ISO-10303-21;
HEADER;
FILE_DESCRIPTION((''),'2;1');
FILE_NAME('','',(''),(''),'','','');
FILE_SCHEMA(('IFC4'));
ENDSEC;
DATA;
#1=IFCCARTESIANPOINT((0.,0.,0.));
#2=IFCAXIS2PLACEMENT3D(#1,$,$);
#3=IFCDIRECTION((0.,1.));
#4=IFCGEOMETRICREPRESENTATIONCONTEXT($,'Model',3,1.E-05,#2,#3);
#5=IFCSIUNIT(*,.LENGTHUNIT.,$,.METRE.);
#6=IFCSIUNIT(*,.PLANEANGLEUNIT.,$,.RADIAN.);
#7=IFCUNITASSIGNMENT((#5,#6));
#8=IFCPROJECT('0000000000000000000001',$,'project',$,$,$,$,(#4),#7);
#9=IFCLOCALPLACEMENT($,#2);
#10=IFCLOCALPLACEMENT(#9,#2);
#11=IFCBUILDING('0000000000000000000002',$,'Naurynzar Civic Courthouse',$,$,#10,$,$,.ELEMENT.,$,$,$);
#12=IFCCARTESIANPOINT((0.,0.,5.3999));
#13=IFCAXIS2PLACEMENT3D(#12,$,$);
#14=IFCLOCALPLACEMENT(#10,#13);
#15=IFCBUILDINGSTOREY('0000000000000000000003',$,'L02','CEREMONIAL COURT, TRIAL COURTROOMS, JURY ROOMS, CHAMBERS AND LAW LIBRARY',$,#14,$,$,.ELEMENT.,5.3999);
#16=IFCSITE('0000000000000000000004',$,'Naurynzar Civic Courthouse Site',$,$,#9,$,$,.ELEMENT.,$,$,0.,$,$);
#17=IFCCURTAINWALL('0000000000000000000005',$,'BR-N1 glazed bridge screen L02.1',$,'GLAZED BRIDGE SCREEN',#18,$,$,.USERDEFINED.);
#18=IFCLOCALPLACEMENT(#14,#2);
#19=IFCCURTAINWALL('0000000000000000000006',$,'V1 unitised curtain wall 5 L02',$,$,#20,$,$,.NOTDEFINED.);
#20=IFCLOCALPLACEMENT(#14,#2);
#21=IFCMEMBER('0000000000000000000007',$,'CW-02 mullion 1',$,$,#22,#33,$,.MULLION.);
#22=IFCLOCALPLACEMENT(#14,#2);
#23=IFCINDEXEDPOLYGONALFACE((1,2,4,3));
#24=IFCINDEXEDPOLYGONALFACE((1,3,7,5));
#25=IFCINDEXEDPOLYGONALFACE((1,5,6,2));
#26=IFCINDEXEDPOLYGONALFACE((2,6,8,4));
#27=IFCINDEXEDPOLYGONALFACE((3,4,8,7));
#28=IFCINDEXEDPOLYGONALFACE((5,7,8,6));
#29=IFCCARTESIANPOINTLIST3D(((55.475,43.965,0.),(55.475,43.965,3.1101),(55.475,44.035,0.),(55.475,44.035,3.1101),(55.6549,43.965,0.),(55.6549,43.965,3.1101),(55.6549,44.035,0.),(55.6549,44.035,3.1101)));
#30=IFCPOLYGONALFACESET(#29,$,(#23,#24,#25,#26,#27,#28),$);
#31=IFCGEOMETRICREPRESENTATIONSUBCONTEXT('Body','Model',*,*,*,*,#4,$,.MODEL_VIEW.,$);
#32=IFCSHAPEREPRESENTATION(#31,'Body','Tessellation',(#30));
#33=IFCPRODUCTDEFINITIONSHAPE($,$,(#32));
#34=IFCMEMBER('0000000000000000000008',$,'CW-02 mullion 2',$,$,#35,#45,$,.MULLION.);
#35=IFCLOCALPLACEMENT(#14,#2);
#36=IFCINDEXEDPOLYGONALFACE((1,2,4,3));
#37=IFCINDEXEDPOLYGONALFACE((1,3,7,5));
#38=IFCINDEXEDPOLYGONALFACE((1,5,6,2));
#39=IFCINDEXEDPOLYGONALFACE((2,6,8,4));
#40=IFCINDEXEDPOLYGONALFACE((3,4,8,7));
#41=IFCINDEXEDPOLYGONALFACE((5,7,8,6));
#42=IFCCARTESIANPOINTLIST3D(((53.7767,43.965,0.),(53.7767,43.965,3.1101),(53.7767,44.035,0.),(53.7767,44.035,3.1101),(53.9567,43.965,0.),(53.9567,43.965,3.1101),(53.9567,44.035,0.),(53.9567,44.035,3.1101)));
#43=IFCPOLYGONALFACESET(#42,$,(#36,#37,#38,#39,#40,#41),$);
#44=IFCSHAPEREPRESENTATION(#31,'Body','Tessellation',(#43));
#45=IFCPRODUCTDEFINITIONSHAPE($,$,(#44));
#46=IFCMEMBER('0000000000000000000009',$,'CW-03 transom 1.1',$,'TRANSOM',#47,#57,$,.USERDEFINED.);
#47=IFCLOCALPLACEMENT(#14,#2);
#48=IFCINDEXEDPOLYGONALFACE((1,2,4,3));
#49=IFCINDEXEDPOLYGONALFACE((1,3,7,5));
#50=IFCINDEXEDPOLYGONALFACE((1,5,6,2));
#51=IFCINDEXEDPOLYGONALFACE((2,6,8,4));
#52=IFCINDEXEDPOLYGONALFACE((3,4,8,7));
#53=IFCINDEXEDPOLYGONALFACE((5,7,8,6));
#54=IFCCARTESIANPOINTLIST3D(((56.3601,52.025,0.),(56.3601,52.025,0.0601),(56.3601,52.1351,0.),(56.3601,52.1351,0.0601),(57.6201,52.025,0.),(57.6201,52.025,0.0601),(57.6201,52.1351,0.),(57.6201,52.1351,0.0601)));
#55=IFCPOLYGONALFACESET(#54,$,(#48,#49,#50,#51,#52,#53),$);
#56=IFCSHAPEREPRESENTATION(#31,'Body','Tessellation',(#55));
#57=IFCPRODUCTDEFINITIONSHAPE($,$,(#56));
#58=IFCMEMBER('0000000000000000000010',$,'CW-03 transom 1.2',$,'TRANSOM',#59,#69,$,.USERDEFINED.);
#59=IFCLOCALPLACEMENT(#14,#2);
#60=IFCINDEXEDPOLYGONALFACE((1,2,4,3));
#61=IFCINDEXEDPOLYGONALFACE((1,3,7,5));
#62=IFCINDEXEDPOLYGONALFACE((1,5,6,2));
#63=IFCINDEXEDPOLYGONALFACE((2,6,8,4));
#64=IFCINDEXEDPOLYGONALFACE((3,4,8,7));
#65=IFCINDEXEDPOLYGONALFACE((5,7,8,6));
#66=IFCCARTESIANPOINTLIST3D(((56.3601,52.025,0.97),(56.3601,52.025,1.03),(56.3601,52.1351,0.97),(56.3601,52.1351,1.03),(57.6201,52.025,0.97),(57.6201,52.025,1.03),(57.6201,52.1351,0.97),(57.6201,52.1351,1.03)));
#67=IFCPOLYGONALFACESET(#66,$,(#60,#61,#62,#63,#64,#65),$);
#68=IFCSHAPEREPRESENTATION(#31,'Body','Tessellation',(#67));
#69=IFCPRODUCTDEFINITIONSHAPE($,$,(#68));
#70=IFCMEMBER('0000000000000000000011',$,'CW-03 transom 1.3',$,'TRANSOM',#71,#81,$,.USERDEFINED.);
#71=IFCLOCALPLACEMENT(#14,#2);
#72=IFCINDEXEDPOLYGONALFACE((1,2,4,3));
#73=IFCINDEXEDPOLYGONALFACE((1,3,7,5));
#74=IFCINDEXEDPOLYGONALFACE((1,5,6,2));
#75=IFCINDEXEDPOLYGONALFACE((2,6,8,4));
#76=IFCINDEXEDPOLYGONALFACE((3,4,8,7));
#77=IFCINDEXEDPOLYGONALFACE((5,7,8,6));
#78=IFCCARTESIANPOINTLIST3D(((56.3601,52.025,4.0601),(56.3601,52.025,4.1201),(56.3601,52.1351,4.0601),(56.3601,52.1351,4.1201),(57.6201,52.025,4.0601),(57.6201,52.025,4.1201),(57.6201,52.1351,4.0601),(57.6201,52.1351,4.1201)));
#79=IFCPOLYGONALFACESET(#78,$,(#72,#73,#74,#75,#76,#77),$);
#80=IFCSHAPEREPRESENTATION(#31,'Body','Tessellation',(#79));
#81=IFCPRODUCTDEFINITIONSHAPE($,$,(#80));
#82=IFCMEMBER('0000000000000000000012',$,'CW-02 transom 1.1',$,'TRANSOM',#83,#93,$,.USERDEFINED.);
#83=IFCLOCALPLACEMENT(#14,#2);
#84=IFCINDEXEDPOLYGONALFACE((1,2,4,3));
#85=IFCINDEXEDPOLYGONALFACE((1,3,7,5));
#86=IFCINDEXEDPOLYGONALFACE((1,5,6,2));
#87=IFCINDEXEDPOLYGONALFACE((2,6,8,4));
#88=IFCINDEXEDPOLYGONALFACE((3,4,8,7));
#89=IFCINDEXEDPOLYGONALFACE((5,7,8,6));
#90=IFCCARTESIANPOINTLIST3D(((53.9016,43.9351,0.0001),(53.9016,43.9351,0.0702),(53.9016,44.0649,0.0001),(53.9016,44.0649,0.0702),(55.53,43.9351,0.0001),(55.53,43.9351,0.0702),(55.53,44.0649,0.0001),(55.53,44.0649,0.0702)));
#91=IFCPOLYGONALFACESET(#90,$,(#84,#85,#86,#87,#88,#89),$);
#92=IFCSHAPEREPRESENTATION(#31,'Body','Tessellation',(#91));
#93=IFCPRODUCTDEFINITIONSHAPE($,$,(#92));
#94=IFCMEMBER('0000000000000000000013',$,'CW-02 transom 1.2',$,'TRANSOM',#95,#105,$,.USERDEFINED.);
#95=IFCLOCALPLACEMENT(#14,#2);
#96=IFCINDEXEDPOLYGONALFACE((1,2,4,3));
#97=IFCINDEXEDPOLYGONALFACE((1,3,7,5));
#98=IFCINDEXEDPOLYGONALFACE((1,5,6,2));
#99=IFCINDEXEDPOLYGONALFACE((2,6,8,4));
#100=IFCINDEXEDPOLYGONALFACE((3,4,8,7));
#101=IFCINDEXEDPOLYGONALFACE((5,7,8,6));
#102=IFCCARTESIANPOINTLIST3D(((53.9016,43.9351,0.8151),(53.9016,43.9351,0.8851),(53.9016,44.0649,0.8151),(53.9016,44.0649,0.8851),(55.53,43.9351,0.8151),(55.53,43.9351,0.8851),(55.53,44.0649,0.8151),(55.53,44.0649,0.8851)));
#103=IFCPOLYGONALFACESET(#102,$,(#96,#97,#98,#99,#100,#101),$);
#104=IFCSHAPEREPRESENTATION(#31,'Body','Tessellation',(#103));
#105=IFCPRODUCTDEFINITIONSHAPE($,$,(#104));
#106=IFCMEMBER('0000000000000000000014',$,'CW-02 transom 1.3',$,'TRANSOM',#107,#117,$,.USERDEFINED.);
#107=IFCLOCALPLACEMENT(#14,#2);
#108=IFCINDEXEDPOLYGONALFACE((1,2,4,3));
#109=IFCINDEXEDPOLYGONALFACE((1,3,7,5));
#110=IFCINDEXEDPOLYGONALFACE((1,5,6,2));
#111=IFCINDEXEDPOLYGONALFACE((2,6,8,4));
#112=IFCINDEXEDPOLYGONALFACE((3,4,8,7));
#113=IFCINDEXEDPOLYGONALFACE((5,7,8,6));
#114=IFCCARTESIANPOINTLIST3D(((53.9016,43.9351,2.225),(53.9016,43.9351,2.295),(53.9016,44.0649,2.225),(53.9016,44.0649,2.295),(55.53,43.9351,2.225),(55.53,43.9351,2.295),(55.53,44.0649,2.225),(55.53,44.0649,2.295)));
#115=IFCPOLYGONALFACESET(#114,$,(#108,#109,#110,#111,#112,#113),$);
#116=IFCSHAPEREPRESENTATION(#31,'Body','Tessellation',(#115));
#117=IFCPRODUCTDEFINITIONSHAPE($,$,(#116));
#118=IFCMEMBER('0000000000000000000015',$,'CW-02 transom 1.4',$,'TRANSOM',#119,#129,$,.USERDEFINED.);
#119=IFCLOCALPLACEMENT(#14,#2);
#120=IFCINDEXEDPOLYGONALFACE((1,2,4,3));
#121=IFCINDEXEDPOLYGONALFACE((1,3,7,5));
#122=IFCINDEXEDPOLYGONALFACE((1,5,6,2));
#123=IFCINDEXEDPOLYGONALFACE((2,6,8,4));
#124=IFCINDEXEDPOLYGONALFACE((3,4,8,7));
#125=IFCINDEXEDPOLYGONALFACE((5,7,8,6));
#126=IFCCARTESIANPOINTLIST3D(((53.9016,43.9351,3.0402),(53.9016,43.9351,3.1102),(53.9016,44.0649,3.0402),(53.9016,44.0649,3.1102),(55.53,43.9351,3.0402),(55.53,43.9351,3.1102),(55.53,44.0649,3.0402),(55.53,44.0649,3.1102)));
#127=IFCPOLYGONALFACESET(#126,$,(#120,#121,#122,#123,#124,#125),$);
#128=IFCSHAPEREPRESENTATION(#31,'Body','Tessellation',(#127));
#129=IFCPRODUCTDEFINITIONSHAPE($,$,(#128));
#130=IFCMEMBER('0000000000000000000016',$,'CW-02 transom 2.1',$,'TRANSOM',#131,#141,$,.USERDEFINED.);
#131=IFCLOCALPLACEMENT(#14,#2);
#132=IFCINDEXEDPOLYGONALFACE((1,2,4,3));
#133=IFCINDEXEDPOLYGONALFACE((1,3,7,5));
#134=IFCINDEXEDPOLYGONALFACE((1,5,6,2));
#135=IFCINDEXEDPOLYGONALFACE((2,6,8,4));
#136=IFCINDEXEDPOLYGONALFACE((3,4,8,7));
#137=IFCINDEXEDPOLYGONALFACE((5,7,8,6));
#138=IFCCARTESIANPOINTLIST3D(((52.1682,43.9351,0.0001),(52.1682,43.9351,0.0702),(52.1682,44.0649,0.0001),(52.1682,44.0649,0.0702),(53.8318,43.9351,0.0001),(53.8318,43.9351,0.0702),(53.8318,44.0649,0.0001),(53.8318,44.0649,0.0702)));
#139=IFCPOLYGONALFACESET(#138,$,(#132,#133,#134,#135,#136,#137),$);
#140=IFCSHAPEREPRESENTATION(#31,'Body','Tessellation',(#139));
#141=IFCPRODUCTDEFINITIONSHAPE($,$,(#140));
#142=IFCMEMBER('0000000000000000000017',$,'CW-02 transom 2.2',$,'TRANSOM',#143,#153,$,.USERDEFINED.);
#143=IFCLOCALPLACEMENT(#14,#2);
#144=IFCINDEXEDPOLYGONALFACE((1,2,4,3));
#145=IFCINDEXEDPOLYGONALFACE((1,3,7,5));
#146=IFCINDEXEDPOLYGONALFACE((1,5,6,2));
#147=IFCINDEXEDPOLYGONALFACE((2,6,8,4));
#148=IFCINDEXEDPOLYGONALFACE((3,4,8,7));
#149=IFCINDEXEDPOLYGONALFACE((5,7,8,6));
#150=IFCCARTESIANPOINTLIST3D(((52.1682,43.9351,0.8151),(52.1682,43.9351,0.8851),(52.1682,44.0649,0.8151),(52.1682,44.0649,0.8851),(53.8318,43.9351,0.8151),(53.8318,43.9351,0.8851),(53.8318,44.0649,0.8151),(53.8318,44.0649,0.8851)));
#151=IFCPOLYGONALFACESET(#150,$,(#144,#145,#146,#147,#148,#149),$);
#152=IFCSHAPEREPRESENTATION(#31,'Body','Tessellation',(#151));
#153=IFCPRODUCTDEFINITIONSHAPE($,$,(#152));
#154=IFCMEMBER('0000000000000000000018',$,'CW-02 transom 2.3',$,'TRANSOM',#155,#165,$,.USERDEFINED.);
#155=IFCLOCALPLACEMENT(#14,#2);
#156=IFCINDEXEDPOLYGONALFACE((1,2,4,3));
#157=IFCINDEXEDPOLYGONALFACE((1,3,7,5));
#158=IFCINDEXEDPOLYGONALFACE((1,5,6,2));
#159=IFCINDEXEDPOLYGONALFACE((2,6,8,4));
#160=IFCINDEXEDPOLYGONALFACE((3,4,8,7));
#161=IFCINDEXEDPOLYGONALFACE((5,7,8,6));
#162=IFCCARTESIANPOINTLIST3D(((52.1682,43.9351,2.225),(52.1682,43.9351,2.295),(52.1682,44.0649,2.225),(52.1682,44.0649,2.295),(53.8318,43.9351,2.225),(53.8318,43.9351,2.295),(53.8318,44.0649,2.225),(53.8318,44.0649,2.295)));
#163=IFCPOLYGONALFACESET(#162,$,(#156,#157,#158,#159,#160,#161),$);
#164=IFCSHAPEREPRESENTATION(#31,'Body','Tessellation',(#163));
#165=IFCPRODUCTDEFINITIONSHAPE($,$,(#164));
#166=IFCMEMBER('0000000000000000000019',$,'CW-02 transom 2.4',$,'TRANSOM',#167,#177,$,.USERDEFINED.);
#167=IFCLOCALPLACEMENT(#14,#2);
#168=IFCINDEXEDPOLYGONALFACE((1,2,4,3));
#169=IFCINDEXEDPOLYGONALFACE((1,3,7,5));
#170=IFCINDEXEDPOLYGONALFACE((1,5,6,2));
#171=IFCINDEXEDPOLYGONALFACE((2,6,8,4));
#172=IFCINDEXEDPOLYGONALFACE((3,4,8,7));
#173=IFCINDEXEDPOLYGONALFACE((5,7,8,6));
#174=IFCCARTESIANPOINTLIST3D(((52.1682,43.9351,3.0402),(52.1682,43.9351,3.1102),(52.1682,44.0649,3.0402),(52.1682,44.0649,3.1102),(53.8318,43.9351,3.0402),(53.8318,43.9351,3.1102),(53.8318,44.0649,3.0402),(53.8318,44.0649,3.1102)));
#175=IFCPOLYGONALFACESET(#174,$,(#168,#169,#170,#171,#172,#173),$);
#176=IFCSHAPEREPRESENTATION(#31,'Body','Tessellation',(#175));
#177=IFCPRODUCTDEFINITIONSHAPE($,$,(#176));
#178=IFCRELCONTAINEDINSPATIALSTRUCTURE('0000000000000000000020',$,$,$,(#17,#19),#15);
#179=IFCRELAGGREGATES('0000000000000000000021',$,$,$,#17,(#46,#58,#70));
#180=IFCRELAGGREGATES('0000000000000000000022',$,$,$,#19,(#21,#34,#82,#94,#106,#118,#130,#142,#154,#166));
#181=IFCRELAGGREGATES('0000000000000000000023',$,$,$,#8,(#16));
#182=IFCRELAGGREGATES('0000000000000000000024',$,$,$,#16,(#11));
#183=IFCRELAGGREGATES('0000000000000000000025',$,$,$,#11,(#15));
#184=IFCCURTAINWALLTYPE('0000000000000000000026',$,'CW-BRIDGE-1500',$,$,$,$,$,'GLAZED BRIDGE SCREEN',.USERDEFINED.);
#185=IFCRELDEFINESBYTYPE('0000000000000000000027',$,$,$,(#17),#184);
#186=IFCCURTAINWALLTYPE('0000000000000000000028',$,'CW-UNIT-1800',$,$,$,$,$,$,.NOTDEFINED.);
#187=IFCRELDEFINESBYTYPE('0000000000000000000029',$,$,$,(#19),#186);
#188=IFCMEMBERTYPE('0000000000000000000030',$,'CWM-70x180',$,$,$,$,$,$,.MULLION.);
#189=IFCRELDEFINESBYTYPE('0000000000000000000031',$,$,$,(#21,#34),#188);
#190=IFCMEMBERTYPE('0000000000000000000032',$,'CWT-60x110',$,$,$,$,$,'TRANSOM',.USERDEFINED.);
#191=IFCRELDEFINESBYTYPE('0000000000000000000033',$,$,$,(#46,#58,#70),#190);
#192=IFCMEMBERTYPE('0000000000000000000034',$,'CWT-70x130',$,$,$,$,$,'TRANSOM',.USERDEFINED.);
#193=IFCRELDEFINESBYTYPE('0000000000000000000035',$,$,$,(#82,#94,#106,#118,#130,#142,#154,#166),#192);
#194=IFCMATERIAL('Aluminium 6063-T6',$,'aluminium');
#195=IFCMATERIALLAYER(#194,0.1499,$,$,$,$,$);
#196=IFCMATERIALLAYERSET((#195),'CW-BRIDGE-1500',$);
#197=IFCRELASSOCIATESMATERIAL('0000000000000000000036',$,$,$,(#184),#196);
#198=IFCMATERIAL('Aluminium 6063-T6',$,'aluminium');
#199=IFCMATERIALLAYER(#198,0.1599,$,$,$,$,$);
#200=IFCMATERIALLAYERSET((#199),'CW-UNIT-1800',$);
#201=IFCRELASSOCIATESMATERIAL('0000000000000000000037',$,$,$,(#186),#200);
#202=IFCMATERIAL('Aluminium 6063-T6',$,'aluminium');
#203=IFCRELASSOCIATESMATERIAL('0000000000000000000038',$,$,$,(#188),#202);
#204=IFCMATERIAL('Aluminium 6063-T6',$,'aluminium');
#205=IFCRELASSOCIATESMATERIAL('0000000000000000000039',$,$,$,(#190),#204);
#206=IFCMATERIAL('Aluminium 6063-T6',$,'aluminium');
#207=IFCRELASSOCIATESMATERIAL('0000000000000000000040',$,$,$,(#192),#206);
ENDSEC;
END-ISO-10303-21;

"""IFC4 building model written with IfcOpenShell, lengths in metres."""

from ifc_helpers import new_model, si_unit, direction, frame, origin, origin_2d, place, context, subcontext, project, spatial, rectangle, extrude, material, layer, layer_set, material_profile, profile_set, type_object, element, aggregate, save


model = new_model("IFC4")

# Units and contexts
model_context = context("Model", 3, precision=1e-05, world=origin(), true_north=direction((0.0, 1.0)))
body_context = subcontext(model_context, "Body", "Model", "MODEL_VIEW")
ifc_project = project(units=[si_unit("LENGTHUNIT", "METRE"), si_unit("PLANEANGLEUNIT", "RADIAN")], contexts=[model_context])

# Site, building, storey
site_placement = place(None, origin())
site = spatial("IfcSite", under=ifc_project, at=site_placement, Name="Naurynzar Civic Courthouse Site", CompositionType="ELEMENT", RefElevation=0.0)
building_placement = place(site_placement, origin())
building = spatial("IfcBuilding", under=site, at=building_placement, Name="Naurynzar Civic Courthouse", CompositionType="ELEMENT")
storey_placement = place(building_placement, frame((0.0, 0.0, 5.3999)))
storey = spatial("IfcBuildingStorey", under=building, at=storey_placement, Name="L02", Description="CEREMONIAL COURT, TRIAL COURTROOMS, JURY ROOMS, CHAMBERS AND LAW LIBRARY", CompositionType="ELEMENT", Elevation=5.3999)

# Curtain wall
ifc_material_1 = material(Name="Aluminium 6063-T6", Category="aluminium")
ifc_layer_1 = layer(ifc_material_1, 0.1499)
ifc_layer_set_1 = layer_set([ifc_layer_1], Name="CW-BRIDGE-1500")
curtain_wall_type_1 = type_object("IfcCurtainWallType", Name="CW-BRIDGE-1500", ElementType="GLAZED BRIDGE SCREEN", PredefinedType="USERDEFINED", material=ifc_layer_set_1)
curtain_wall_1_placement = place(storey_placement, origin())
curtain_wall_1 = element("IfcCurtainWall", 1, at=curtain_wall_1_placement, inside=storey, type_object=curtain_wall_type_1, Name="BR-N1 glazed bridge screen L02.1", ObjectType="GLAZED BRIDGE SCREEN", PredefinedType="USERDEFINED")

# Curtain wall, members
ifc_material_2 = material(Name="Aluminium 6063-T6", Category="aluminium")
ifc_layer_2 = layer(ifc_material_2, 0.1599)
ifc_layer_set_2 = layer_set([ifc_layer_2], Name="CW-UNIT-1800")
curtain_wall_type_2 = type_object("IfcCurtainWallType", Name="CW-UNIT-1800", PredefinedType="NOTDEFINED", material=ifc_layer_set_2)
curtain_wall_2_placement = place(storey_placement, origin())
curtain_wall_2 = element("IfcCurtainWall", 2, at=curtain_wall_2_placement, inside=storey, type_object=curtain_wall_type_2, Name="V1 unitised curtain wall 5 L02", PredefinedType="NOTDEFINED")
ifc_material_3 = material(Name="Aluminium 6063-T6", Category="aluminium")
ifc_material_profile_1 = material_profile(ifc_material_3, rectangle(XDim=0.0701, YDim=0.1799, at=origin_2d()), Name="ALU MULLION 70x180")
ifc_profile_set_1 = profile_set([ifc_material_profile_1], Name="Aluminium 6063-T6")
member_type_1 = type_object("IfcMemberType", Name="CWM-70x180", PredefinedType="MULLION", material=ifc_profile_set_1)
member_1_placement = place(storey_placement, frame((55.5649, 44.0, 0.0), z_axis=(0.0, 0.0, 1.0), x_axis=(0.0, -1.0, 0.0)))
member_1 = element("IfcMember", 3, at=member_1_placement, type_object=member_type_1, Name="CW-02 mullion 1", PredefinedType="MULLION", context=body_context, shape_type="SweptSolid", body=[
    extrude(rectangle(XDim=0.0701, YDim=0.1799, at=origin_2d()), origin(), (0.0, 0.0, 1.0), 3.1101),
])
member_2_placement = place(storey_placement, frame((53.8667, 44.0, 0.0), z_axis=(0.0, 0.0, 1.0), x_axis=(0.0, -1.0, 0.0)))
member_2 = element("IfcMember", 4, at=member_2_placement, type_object=member_type_1, Name="CW-02 mullion 2", PredefinedType="MULLION", context=body_context, shape_type="SweptSolid", body=[
    extrude(rectangle(XDim=0.0701, YDim=0.1799, at=origin_2d()), origin(), (0.0, 0.0, 1.0), 3.1101),
])

# Members
ifc_material_4 = material(Name="Aluminium 6063-T6", Category="aluminium")
ifc_material_profile_2 = material_profile(ifc_material_4, rectangle(XDim=0.1101, YDim=0.0601, at=origin_2d()), Name="ALU TRANSOM 60x110")
ifc_profile_set_2 = profile_set([ifc_material_profile_2], Name="Aluminium 6063-T6")
member_type_2 = type_object("IfcMemberType", Name="CWT-60x110", ElementType="TRANSOM", PredefinedType="USERDEFINED", material=ifc_profile_set_2)
member_3_placement = place(storey_placement, frame((56.3601, 52.0801, 0.03), z_axis=(1.0, 0.0, 0.0), x_axis=(0.0, 1.0, 0.0)))
member_3 = element("IfcMember", 5, at=member_3_placement, type_object=member_type_2, Name="CW-03 transom 1.1", ObjectType="TRANSOM", PredefinedType="USERDEFINED", context=body_context, shape_type="SweptSolid", body=[
    extrude(rectangle(XDim=0.1101, YDim=0.0601, at=origin_2d()), origin(), (0.0, 0.0, 1.0), 1.26),
])
member_4_placement = place(storey_placement, frame((56.3601, 52.0801, 1.0), z_axis=(1.0, 0.0, 0.0), x_axis=(0.0, 1.0, 0.0)))
member_4 = element("IfcMember", 6, at=member_4_placement, type_object=member_type_2, Name="CW-03 transom 1.2", ObjectType="TRANSOM", PredefinedType="USERDEFINED", context=body_context, shape_type="SweptSolid", body=[
    extrude(rectangle(XDim=0.1101, YDim=0.0601, at=origin_2d()), origin(), (0.0, 0.0, 1.0), 1.26),
])
member_5_placement = place(storey_placement, frame((56.3601, 52.0801, 4.0901), z_axis=(1.0, 0.0, 0.0), x_axis=(0.0, 1.0, 0.0)))
member_5 = element("IfcMember", 7, at=member_5_placement, type_object=member_type_2, Name="CW-03 transom 1.3", ObjectType="TRANSOM", PredefinedType="USERDEFINED", context=body_context, shape_type="SweptSolid", body=[
    extrude(rectangle(XDim=0.1101, YDim=0.0601, at=origin_2d()), origin(), (0.0, 0.0, 1.0), 1.26),
])
aggregate(curtain_wall_1, [member_3, member_4, member_5])
ifc_material_5 = material(Name="Aluminium 6063-T6", Category="aluminium")
ifc_material_profile_3 = material_profile(ifc_material_5, rectangle(XDim=0.1299, YDim=0.0701, at=origin_2d()), Name="ALU TRANSOM 70x130")
ifc_profile_set_3 = profile_set([ifc_material_profile_3], Name="Aluminium 6063-T6")
member_type_3 = type_object("IfcMemberType", Name="CWT-70x130", ElementType="TRANSOM", PredefinedType="USERDEFINED", material=ifc_profile_set_3)
member_6_placement = place(storey_placement, frame((55.53, 44.0, 0.0352), z_axis=(-1.0, 0.0, 0.0), x_axis=(0.0, -1.0, 0.0)))
member_6 = element("IfcMember", 8, at=member_6_placement, type_object=member_type_3, Name="CW-02 transom 1.1", ObjectType="TRANSOM", PredefinedType="USERDEFINED", context=body_context, shape_type="SweptSolid", body=[
    extrude(rectangle(XDim=0.1299, YDim=0.0701, at=origin_2d()), origin(), (0.0, 0.0, 1.0), 1.6284),
])
member_7_placement = place(storey_placement, frame((55.53, 44.0, 0.8501), z_axis=(-1.0, 0.0, 0.0), x_axis=(0.0, -1.0, 0.0)))
member_7 = element("IfcMember", 9, at=member_7_placement, type_object=member_type_3, Name="CW-02 transom 1.2", ObjectType="TRANSOM", PredefinedType="USERDEFINED", context=body_context, shape_type="SweptSolid", body=[
    extrude(rectangle(XDim=0.1299, YDim=0.0701, at=origin_2d()), origin(), (0.0, 0.0, 1.0), 1.6284),
])
member_8_placement = place(storey_placement, frame((55.53, 44.0, 2.26), z_axis=(-1.0, 0.0, 0.0), x_axis=(0.0, -1.0, 0.0)))
member_8 = element("IfcMember", 10, at=member_8_placement, type_object=member_type_3, Name="CW-02 transom 1.3", ObjectType="TRANSOM", PredefinedType="USERDEFINED", context=body_context, shape_type="SweptSolid", body=[
    extrude(rectangle(XDim=0.1299, YDim=0.0701, at=origin_2d()), origin(), (0.0, 0.0, 1.0), 1.6284),
])
member_9_placement = place(storey_placement, frame((55.53, 44.0, 3.0752), z_axis=(-1.0, 0.0, 0.0), x_axis=(0.0, -1.0, 0.0)))
member_9 = element("IfcMember", 11, at=member_9_placement, type_object=member_type_3, Name="CW-02 transom 1.4", ObjectType="TRANSOM", PredefinedType="USERDEFINED", context=body_context, shape_type="SweptSolid", body=[
    extrude(rectangle(XDim=0.1299, YDim=0.0701, at=origin_2d()), origin(), (0.0, 0.0, 1.0), 1.6284),
])
member_10_placement = place(storey_placement, frame((53.8318, 44.0, 0.0352), z_axis=(-1.0, 0.0, 0.0), x_axis=(0.0, -1.0, 0.0)))
member_10 = element("IfcMember", 12, at=member_10_placement, type_object=member_type_3, Name="CW-02 transom 2.1", ObjectType="TRANSOM", PredefinedType="USERDEFINED", context=body_context, shape_type="SweptSolid", body=[
    extrude(rectangle(XDim=0.1299, YDim=0.0701, at=origin_2d()), origin(), (0.0, 0.0, 1.0), 1.6636),
])
member_11_placement = place(storey_placement, frame((53.8318, 44.0, 0.8501), z_axis=(-1.0, 0.0, 0.0), x_axis=(0.0, -1.0, 0.0)))
member_11 = element("IfcMember", 13, at=member_11_placement, type_object=member_type_3, Name="CW-02 transom 2.2", ObjectType="TRANSOM", PredefinedType="USERDEFINED", context=body_context, shape_type="SweptSolid", body=[
    extrude(rectangle(XDim=0.1299, YDim=0.0701, at=origin_2d()), origin(), (0.0, 0.0, 1.0), 1.6636),
])
member_12_placement = place(storey_placement, frame((53.8318, 44.0, 2.26), z_axis=(-1.0, 0.0, 0.0), x_axis=(0.0, -1.0, 0.0)))
member_12 = element("IfcMember", 14, at=member_12_placement, type_object=member_type_3, Name="CW-02 transom 2.3", ObjectType="TRANSOM", PredefinedType="USERDEFINED", context=body_context, shape_type="SweptSolid", body=[
    extrude(rectangle(XDim=0.1299, YDim=0.0701, at=origin_2d()), origin(), (0.0, 0.0, 1.0), 1.6636),
])
member_13_placement = place(storey_placement, frame((53.8318, 44.0, 3.0752), z_axis=(-1.0, 0.0, 0.0), x_axis=(0.0, -1.0, 0.0)))
member_13 = element("IfcMember", 15, at=member_13_placement, type_object=member_type_3, Name="CW-02 transom 2.4", ObjectType="TRANSOM", PredefinedType="USERDEFINED", context=body_context, shape_type="SweptSolid", body=[
    extrude(rectangle(XDim=0.1299, YDim=0.0701, at=origin_2d()), origin(), (0.0, 0.0, 1.0), 1.6636),
])

aggregate(curtain_wall_2, [member_1, member_2, member_6, member_7, member_8, member_9, member_10, member_11, member_12, member_13])

save(model, "model.ifc")
